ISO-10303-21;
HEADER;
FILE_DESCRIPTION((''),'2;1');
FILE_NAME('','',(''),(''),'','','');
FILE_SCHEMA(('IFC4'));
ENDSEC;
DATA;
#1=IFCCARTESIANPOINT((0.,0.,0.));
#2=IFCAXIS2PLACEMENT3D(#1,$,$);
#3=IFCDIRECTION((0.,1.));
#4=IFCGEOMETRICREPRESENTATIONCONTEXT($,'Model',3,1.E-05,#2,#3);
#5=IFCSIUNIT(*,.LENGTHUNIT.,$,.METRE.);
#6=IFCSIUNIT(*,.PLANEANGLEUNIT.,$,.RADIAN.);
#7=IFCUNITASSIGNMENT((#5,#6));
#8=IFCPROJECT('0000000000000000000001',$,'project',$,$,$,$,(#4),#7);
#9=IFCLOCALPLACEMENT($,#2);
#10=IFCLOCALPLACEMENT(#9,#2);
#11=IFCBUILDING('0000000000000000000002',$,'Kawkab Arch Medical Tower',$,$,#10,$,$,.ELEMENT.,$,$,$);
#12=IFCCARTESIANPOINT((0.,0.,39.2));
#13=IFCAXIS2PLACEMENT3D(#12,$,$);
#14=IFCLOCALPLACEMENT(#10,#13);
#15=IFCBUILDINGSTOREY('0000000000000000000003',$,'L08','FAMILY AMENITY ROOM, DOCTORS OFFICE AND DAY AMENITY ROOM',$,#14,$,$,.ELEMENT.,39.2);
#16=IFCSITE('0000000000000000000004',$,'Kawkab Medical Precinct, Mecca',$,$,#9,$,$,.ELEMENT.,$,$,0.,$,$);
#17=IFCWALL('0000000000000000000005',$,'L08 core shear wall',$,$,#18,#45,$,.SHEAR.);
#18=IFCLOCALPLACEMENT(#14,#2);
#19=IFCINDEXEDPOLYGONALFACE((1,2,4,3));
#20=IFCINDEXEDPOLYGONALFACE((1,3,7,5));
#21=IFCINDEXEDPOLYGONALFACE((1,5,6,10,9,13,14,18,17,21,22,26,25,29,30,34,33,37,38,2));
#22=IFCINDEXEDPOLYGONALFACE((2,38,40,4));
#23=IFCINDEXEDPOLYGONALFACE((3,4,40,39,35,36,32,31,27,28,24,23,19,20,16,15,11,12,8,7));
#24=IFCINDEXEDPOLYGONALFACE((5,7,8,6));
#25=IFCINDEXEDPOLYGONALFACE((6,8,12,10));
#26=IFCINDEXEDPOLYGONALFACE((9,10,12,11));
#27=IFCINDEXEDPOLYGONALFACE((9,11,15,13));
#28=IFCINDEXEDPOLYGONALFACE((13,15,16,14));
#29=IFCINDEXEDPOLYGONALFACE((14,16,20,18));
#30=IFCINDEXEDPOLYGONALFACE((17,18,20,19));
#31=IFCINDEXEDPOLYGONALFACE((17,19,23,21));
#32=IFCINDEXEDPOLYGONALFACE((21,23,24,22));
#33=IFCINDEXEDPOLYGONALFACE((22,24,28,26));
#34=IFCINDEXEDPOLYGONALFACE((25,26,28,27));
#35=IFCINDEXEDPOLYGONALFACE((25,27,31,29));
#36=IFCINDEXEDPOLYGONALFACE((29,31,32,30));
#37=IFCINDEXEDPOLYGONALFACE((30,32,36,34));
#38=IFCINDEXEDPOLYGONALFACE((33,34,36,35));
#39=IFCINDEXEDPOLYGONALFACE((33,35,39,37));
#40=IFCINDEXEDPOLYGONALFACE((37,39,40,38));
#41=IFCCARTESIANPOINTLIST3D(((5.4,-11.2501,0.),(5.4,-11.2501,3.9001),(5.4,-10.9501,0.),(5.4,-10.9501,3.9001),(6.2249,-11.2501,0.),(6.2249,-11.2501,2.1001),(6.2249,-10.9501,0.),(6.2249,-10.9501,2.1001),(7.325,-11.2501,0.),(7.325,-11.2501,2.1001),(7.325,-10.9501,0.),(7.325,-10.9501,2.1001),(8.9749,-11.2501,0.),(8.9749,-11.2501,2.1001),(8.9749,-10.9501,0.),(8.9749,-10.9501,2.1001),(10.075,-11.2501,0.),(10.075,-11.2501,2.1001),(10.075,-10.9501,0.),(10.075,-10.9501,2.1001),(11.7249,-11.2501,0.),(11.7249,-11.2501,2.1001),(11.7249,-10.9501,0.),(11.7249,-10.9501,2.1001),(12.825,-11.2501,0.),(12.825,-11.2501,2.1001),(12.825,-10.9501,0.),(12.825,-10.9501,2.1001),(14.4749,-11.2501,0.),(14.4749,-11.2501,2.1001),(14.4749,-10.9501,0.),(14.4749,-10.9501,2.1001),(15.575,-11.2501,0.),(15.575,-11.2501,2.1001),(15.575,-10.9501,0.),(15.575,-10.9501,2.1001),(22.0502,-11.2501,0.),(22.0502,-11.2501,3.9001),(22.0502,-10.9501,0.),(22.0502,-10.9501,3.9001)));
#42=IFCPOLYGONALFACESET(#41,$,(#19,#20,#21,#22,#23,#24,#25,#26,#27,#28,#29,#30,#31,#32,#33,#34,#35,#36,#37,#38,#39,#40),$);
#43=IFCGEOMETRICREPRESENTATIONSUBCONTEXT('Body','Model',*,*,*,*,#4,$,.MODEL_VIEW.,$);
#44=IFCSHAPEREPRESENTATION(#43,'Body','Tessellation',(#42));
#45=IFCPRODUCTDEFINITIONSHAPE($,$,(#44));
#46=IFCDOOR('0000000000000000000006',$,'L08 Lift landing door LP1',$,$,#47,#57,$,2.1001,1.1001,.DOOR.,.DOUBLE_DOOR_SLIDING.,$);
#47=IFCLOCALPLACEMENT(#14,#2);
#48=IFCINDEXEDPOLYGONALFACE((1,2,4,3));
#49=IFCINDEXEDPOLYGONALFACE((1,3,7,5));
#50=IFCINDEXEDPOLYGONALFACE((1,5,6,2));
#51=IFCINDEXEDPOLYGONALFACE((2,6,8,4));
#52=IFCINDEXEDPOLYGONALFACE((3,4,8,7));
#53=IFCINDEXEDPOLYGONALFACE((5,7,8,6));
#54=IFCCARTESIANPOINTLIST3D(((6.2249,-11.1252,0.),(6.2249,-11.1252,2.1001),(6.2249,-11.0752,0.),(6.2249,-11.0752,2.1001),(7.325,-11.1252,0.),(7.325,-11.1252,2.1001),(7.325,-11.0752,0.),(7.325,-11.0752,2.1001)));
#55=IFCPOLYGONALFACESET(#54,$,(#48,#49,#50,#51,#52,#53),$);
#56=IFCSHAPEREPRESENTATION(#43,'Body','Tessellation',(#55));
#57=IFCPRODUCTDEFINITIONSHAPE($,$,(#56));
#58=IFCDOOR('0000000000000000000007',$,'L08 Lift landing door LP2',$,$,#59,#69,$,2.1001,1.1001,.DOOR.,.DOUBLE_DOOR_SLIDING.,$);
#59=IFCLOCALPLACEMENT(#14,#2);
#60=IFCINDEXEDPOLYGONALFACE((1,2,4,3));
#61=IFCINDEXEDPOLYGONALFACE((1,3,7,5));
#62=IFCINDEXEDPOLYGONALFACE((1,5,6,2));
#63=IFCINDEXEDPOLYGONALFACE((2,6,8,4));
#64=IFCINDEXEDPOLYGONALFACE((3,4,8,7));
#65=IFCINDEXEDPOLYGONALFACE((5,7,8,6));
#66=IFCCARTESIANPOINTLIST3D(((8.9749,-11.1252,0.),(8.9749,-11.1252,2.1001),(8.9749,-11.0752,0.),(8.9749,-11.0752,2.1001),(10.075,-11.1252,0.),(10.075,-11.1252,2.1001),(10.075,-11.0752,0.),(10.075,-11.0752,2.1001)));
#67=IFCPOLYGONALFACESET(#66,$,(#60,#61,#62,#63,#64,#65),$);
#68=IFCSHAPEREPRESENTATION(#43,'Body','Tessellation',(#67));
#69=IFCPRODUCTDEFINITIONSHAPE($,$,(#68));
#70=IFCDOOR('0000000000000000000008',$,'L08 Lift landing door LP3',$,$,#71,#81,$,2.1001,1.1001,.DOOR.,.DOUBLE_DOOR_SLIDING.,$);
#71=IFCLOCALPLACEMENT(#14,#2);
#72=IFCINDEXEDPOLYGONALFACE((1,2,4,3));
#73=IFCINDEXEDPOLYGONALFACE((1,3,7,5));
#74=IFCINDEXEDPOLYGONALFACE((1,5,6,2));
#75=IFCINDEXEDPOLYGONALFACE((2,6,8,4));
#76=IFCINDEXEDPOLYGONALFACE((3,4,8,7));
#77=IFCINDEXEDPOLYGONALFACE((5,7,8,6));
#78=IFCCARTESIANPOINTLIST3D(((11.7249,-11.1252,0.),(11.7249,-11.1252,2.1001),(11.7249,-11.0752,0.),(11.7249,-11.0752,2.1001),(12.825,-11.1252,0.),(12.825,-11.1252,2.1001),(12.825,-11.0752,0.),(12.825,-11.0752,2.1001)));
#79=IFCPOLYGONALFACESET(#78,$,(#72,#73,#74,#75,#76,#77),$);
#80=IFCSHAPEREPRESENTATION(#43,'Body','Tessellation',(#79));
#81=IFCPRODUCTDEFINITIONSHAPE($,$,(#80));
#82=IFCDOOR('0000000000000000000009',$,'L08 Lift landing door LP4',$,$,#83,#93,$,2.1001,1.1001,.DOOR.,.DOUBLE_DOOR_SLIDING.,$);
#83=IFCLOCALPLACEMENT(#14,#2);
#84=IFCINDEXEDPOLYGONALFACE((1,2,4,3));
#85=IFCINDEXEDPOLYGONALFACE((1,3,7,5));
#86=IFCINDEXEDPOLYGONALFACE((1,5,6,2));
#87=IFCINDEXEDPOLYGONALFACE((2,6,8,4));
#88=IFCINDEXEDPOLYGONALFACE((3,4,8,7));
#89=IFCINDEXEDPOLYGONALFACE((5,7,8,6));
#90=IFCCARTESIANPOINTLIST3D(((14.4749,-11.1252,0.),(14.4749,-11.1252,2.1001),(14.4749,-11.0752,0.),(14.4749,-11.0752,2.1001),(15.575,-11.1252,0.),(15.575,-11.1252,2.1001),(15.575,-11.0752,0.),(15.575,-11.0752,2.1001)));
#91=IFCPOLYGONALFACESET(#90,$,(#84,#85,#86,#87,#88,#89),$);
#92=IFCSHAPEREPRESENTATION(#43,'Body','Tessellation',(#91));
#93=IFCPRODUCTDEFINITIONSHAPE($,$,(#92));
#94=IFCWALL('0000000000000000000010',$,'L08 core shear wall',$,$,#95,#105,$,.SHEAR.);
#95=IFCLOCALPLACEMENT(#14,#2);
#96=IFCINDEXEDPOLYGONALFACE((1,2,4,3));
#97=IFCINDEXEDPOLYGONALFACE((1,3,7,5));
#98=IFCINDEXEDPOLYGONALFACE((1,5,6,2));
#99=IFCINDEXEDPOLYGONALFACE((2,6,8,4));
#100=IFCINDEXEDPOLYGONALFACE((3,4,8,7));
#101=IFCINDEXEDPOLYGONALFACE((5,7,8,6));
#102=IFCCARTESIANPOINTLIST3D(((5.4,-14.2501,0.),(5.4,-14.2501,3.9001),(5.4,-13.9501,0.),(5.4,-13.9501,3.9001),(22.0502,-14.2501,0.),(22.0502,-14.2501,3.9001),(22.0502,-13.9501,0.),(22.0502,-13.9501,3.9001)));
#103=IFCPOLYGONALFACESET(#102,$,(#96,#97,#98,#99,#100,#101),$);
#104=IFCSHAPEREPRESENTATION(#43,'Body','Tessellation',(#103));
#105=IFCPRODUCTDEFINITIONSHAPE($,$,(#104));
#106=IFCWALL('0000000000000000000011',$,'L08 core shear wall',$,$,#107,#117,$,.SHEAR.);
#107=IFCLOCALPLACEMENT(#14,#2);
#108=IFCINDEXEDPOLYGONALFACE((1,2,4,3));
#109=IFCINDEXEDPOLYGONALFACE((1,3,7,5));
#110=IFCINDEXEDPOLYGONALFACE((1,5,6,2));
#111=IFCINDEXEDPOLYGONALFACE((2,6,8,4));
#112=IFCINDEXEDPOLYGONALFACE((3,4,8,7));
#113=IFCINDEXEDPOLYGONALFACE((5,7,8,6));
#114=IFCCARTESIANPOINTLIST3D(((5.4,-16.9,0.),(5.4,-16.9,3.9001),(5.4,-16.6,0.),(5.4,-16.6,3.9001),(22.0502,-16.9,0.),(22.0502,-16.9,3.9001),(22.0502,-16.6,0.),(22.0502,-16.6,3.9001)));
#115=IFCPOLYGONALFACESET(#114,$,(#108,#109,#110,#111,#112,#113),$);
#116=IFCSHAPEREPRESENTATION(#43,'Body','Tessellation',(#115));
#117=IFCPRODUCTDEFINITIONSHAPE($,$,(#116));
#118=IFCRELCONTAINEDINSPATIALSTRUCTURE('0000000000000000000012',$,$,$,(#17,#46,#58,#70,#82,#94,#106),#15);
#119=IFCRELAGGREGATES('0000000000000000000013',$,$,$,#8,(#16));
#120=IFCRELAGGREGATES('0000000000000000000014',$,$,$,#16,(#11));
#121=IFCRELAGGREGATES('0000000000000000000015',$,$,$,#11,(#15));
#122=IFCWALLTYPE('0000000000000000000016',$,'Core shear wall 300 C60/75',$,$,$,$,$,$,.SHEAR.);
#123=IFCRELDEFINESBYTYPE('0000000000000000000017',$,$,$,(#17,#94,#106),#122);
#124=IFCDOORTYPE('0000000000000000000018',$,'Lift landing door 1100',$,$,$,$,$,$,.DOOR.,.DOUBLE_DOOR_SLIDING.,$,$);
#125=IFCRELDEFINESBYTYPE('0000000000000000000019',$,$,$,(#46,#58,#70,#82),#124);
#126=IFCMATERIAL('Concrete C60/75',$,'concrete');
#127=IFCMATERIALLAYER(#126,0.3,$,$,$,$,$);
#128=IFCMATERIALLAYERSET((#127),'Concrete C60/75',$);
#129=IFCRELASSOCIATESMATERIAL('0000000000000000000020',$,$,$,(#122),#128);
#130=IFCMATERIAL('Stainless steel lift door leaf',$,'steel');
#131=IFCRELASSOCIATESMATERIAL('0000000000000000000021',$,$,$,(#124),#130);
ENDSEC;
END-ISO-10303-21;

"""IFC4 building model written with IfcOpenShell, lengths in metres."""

from ifc_helpers import new_model, si_unit, direction, frame, frame_2d, origin, place, context, subcontext, project, spatial, rectangle, extrude, material, layer, layer_set, type_object, element, fill, save


model = new_model("IFC4")

# Units and contexts
model_context = context("Model", 3, precision=1e-05, world=origin(), true_north=direction((0.0, 1.0)))
body_context = subcontext(model_context, "Body", "Model", "MODEL_VIEW")
ifc_project = project(units=[si_unit("LENGTHUNIT", "METRE"), si_unit("PLANEANGLEUNIT", "RADIAN")], contexts=[model_context])

# Site, building, storey
site_placement = place(None, origin())
site = spatial("IfcSite", under=ifc_project, at=site_placement, Name="Kawkab Medical Precinct, Mecca", CompositionType="ELEMENT", RefElevation=0.0)
building_placement = place(site_placement, origin())
building = spatial("IfcBuilding", under=site, at=building_placement, Name="Kawkab Arch Medical Tower", CompositionType="ELEMENT")
storey_placement = place(building_placement, frame((0.0, 0.0, 39.2)))
storey = spatial("IfcBuildingStorey", under=building, at=storey_placement, Name="L08", Description="FAMILY AMENITY ROOM, DOCTORS OFFICE AND DAY AMENITY ROOM", CompositionType="ELEMENT", Elevation=39.2)

# Shared definitions
ifc_material_1 = material(Name="Concrete C60/75", Category="concrete")
ifc_layer_1 = layer(ifc_material_1, 0.3)
ifc_layer_set_1 = layer_set([ifc_layer_1], Name="Concrete C60/75")
wall_type_1 = type_object("IfcWallType", Name="Core shear wall 300 C60/75", PredefinedType="SHEAR", material=ifc_layer_set_1)

# Wall, openings, doors
wall_1_placement = place(storey_placement, frame((5.3999, -11.1001, 0.0), z_axis=(0.0, 0.0, 1.0), x_axis=(1.0, 0.0, 0.0)))
wall_1 = element("IfcWall", 1, at=wall_1_placement, inside=storey, type_object=wall_type_1, Name="L08 core shear wall", PredefinedType="SHEAR", context=body_context, shape_type="SweptSolid", body=[
    extrude(rectangle(XDim=16.6501, YDim=0.3, at=frame_2d((8.3252, 0.0))), origin(), (0.0, 0.0, 1.0), 3.9001),
])
opening_1_placement = place(wall_1_placement, frame((0.825, 0.0, 0.0)))
opening_1 = element("IfcOpeningElement", 2, at=opening_1_placement, cuts=wall_1, PredefinedType="OPENING", context=body_context, shape_type="SweptSolid", body=[
    extrude(rectangle(XDim=1.1001, YDim=2.1001, at=frame_2d((0.55, 1.05))), frame((0.0, 0.1599, 0.0), z_axis=(0.0, -1.0, 0.0), x_axis=(1.0, 0.0, 0.0)), (0.0, 0.0, 1.0), 0.3201),
])
opening_2_placement = place(wall_1_placement, frame((3.575, 0.0, 0.0)))
opening_2 = element("IfcOpeningElement", 3, at=opening_2_placement, cuts=wall_1, PredefinedType="OPENING", context=body_context, shape_type="SweptSolid", body=[
    extrude(rectangle(XDim=1.1001, YDim=2.1001, at=frame_2d((0.55, 1.05))), frame((0.0, 0.1599, 0.0), z_axis=(0.0, -1.0, 0.0), x_axis=(1.0, 0.0, 0.0)), (0.0, 0.0, 1.0), 0.3201),
])
opening_3_placement = place(wall_1_placement, frame((6.325, 0.0, 0.0)))
opening_3 = element("IfcOpeningElement", 4, at=opening_3_placement, cuts=wall_1, PredefinedType="OPENING", context=body_context, shape_type="SweptSolid", body=[
    extrude(rectangle(XDim=1.1001, YDim=2.1001, at=frame_2d((0.55, 1.05))), frame((0.0, 0.1599, 0.0), z_axis=(0.0, -1.0, 0.0), x_axis=(1.0, 0.0, 0.0)), (0.0, 0.0, 1.0), 0.3201),
])
opening_4_placement = place(wall_1_placement, frame((9.075, 0.0, 0.0)))
opening_4 = element("IfcOpeningElement", 5, at=opening_4_placement, cuts=wall_1, PredefinedType="OPENING", context=body_context, shape_type="SweptSolid", body=[
    extrude(rectangle(XDim=1.1001, YDim=2.1001, at=frame_2d((0.55, 1.05))), frame((0.0, 0.1599, 0.0), z_axis=(0.0, -1.0, 0.0), x_axis=(1.0, 0.0, 0.0)), (0.0, 0.0, 1.0), 0.3201),
])
ifc_material_2 = material(Name="Stainless steel lift door leaf", Category="steel")
door_type_1 = type_object("IfcDoorType", Name="Lift landing door 1100", OperationType="DOUBLE_DOOR_SLIDING", PredefinedType="DOOR", material=ifc_material_2)
door_1_placement = place(opening_1_placement, origin())
door_1 = element("IfcDoor", 6, at=door_1_placement, inside=storey, type_object=door_type_1, Name="L08 Lift landing door LP1", OperationType="DOUBLE_DOOR_SLIDING", OverallHeight=2.1001, OverallWidth=1.1001, PredefinedType="DOOR", context=body_context, shape_type="SweptSolid", body=[
    extrude(rectangle(XDim=1.1001, YDim=2.1001, at=frame_2d((0.55, 1.05))), frame((0.0, 0.0249, 0.0), z_axis=(0.0, -1.0, 0.0), x_axis=(1.0, 0.0, 0.0)), (0.0, 0.0, 1.0), 0.05),
])
fill(opening_1, door_1)
door_2_placement = place(opening_2_placement, origin())
door_2 = element("IfcDoor", 7, at=door_2_placement, inside=storey, type_object=door_type_1, Name="L08 Lift landing door LP2", OperationType="DOUBLE_DOOR_SLIDING", OverallHeight=2.1001, OverallWidth=1.1001, PredefinedType="DOOR", context=body_context, shape_type="SweptSolid", body=[
    extrude(rectangle(XDim=1.1001, YDim=2.1001, at=frame_2d((0.55, 1.05))), frame((0.0, 0.0249, 0.0), z_axis=(0.0, -1.0, 0.0), x_axis=(1.0, 0.0, 0.0)), (0.0, 0.0, 1.0), 0.05),
])
fill(opening_2, door_2)
door_3_placement = place(opening_3_placement, origin())
door_3 = element("IfcDoor", 8, at=door_3_placement, inside=storey, type_object=door_type_1, Name="L08 Lift landing door LP3", OperationType="DOUBLE_DOOR_SLIDING", OverallHeight=2.1001, OverallWidth=1.1001, PredefinedType="DOOR", context=body_context, shape_type="SweptSolid", body=[
    extrude(rectangle(XDim=1.1001, YDim=2.1001, at=frame_2d((0.55, 1.05))), frame((0.0, 0.0249, 0.0), z_axis=(0.0, -1.0, 0.0), x_axis=(1.0, 0.0, 0.0)), (0.0, 0.0, 1.0), 0.05),
])
fill(opening_3, door_3)
door_4_placement = place(opening_4_placement, origin())
door_4 = element("IfcDoor", 9, at=door_4_placement, inside=storey, type_object=door_type_1, Name="L08 Lift landing door LP4", OperationType="DOUBLE_DOOR_SLIDING", OverallHeight=2.1001, OverallWidth=1.1001, PredefinedType="DOOR", context=body_context, shape_type="SweptSolid", body=[
    extrude(rectangle(XDim=1.1001, YDim=2.1001, at=frame_2d((0.55, 1.05))), frame((0.0, 0.0249, 0.0), z_axis=(0.0, -1.0, 0.0), x_axis=(1.0, 0.0, 0.0)), (0.0, 0.0, 1.0), 0.05),
])
fill(opening_4, door_4)

# Walls
for number, where, z_axis, x_axis, name in (
    (10, (5.3999, -14.1001, 0.0), (0.0, 0.0, 1.0), (1.0, 0.0, 0.0), "L08 core shear wall"),
    (11, (5.3999, -16.75, 0.0), (0.0, 0.0, 1.0), (1.0, 0.0, 0.0), "L08 core shear wall"),
):
    element("IfcWall", number, at=place(storey_placement, frame(where, z_axis=z_axis, x_axis=x_axis)), inside=storey, type_object=wall_type_1, Name=name, PredefinedType="SHEAR", context=body_context, shape_type="SweptSolid", body=[
        extrude(rectangle(XDim=16.6501, YDim=0.3, at=frame_2d((8.3252, 0.0))), origin(), (0.0, 0.0, 1.0), 3.9001),
    ])

save(model, "model.ifc")
